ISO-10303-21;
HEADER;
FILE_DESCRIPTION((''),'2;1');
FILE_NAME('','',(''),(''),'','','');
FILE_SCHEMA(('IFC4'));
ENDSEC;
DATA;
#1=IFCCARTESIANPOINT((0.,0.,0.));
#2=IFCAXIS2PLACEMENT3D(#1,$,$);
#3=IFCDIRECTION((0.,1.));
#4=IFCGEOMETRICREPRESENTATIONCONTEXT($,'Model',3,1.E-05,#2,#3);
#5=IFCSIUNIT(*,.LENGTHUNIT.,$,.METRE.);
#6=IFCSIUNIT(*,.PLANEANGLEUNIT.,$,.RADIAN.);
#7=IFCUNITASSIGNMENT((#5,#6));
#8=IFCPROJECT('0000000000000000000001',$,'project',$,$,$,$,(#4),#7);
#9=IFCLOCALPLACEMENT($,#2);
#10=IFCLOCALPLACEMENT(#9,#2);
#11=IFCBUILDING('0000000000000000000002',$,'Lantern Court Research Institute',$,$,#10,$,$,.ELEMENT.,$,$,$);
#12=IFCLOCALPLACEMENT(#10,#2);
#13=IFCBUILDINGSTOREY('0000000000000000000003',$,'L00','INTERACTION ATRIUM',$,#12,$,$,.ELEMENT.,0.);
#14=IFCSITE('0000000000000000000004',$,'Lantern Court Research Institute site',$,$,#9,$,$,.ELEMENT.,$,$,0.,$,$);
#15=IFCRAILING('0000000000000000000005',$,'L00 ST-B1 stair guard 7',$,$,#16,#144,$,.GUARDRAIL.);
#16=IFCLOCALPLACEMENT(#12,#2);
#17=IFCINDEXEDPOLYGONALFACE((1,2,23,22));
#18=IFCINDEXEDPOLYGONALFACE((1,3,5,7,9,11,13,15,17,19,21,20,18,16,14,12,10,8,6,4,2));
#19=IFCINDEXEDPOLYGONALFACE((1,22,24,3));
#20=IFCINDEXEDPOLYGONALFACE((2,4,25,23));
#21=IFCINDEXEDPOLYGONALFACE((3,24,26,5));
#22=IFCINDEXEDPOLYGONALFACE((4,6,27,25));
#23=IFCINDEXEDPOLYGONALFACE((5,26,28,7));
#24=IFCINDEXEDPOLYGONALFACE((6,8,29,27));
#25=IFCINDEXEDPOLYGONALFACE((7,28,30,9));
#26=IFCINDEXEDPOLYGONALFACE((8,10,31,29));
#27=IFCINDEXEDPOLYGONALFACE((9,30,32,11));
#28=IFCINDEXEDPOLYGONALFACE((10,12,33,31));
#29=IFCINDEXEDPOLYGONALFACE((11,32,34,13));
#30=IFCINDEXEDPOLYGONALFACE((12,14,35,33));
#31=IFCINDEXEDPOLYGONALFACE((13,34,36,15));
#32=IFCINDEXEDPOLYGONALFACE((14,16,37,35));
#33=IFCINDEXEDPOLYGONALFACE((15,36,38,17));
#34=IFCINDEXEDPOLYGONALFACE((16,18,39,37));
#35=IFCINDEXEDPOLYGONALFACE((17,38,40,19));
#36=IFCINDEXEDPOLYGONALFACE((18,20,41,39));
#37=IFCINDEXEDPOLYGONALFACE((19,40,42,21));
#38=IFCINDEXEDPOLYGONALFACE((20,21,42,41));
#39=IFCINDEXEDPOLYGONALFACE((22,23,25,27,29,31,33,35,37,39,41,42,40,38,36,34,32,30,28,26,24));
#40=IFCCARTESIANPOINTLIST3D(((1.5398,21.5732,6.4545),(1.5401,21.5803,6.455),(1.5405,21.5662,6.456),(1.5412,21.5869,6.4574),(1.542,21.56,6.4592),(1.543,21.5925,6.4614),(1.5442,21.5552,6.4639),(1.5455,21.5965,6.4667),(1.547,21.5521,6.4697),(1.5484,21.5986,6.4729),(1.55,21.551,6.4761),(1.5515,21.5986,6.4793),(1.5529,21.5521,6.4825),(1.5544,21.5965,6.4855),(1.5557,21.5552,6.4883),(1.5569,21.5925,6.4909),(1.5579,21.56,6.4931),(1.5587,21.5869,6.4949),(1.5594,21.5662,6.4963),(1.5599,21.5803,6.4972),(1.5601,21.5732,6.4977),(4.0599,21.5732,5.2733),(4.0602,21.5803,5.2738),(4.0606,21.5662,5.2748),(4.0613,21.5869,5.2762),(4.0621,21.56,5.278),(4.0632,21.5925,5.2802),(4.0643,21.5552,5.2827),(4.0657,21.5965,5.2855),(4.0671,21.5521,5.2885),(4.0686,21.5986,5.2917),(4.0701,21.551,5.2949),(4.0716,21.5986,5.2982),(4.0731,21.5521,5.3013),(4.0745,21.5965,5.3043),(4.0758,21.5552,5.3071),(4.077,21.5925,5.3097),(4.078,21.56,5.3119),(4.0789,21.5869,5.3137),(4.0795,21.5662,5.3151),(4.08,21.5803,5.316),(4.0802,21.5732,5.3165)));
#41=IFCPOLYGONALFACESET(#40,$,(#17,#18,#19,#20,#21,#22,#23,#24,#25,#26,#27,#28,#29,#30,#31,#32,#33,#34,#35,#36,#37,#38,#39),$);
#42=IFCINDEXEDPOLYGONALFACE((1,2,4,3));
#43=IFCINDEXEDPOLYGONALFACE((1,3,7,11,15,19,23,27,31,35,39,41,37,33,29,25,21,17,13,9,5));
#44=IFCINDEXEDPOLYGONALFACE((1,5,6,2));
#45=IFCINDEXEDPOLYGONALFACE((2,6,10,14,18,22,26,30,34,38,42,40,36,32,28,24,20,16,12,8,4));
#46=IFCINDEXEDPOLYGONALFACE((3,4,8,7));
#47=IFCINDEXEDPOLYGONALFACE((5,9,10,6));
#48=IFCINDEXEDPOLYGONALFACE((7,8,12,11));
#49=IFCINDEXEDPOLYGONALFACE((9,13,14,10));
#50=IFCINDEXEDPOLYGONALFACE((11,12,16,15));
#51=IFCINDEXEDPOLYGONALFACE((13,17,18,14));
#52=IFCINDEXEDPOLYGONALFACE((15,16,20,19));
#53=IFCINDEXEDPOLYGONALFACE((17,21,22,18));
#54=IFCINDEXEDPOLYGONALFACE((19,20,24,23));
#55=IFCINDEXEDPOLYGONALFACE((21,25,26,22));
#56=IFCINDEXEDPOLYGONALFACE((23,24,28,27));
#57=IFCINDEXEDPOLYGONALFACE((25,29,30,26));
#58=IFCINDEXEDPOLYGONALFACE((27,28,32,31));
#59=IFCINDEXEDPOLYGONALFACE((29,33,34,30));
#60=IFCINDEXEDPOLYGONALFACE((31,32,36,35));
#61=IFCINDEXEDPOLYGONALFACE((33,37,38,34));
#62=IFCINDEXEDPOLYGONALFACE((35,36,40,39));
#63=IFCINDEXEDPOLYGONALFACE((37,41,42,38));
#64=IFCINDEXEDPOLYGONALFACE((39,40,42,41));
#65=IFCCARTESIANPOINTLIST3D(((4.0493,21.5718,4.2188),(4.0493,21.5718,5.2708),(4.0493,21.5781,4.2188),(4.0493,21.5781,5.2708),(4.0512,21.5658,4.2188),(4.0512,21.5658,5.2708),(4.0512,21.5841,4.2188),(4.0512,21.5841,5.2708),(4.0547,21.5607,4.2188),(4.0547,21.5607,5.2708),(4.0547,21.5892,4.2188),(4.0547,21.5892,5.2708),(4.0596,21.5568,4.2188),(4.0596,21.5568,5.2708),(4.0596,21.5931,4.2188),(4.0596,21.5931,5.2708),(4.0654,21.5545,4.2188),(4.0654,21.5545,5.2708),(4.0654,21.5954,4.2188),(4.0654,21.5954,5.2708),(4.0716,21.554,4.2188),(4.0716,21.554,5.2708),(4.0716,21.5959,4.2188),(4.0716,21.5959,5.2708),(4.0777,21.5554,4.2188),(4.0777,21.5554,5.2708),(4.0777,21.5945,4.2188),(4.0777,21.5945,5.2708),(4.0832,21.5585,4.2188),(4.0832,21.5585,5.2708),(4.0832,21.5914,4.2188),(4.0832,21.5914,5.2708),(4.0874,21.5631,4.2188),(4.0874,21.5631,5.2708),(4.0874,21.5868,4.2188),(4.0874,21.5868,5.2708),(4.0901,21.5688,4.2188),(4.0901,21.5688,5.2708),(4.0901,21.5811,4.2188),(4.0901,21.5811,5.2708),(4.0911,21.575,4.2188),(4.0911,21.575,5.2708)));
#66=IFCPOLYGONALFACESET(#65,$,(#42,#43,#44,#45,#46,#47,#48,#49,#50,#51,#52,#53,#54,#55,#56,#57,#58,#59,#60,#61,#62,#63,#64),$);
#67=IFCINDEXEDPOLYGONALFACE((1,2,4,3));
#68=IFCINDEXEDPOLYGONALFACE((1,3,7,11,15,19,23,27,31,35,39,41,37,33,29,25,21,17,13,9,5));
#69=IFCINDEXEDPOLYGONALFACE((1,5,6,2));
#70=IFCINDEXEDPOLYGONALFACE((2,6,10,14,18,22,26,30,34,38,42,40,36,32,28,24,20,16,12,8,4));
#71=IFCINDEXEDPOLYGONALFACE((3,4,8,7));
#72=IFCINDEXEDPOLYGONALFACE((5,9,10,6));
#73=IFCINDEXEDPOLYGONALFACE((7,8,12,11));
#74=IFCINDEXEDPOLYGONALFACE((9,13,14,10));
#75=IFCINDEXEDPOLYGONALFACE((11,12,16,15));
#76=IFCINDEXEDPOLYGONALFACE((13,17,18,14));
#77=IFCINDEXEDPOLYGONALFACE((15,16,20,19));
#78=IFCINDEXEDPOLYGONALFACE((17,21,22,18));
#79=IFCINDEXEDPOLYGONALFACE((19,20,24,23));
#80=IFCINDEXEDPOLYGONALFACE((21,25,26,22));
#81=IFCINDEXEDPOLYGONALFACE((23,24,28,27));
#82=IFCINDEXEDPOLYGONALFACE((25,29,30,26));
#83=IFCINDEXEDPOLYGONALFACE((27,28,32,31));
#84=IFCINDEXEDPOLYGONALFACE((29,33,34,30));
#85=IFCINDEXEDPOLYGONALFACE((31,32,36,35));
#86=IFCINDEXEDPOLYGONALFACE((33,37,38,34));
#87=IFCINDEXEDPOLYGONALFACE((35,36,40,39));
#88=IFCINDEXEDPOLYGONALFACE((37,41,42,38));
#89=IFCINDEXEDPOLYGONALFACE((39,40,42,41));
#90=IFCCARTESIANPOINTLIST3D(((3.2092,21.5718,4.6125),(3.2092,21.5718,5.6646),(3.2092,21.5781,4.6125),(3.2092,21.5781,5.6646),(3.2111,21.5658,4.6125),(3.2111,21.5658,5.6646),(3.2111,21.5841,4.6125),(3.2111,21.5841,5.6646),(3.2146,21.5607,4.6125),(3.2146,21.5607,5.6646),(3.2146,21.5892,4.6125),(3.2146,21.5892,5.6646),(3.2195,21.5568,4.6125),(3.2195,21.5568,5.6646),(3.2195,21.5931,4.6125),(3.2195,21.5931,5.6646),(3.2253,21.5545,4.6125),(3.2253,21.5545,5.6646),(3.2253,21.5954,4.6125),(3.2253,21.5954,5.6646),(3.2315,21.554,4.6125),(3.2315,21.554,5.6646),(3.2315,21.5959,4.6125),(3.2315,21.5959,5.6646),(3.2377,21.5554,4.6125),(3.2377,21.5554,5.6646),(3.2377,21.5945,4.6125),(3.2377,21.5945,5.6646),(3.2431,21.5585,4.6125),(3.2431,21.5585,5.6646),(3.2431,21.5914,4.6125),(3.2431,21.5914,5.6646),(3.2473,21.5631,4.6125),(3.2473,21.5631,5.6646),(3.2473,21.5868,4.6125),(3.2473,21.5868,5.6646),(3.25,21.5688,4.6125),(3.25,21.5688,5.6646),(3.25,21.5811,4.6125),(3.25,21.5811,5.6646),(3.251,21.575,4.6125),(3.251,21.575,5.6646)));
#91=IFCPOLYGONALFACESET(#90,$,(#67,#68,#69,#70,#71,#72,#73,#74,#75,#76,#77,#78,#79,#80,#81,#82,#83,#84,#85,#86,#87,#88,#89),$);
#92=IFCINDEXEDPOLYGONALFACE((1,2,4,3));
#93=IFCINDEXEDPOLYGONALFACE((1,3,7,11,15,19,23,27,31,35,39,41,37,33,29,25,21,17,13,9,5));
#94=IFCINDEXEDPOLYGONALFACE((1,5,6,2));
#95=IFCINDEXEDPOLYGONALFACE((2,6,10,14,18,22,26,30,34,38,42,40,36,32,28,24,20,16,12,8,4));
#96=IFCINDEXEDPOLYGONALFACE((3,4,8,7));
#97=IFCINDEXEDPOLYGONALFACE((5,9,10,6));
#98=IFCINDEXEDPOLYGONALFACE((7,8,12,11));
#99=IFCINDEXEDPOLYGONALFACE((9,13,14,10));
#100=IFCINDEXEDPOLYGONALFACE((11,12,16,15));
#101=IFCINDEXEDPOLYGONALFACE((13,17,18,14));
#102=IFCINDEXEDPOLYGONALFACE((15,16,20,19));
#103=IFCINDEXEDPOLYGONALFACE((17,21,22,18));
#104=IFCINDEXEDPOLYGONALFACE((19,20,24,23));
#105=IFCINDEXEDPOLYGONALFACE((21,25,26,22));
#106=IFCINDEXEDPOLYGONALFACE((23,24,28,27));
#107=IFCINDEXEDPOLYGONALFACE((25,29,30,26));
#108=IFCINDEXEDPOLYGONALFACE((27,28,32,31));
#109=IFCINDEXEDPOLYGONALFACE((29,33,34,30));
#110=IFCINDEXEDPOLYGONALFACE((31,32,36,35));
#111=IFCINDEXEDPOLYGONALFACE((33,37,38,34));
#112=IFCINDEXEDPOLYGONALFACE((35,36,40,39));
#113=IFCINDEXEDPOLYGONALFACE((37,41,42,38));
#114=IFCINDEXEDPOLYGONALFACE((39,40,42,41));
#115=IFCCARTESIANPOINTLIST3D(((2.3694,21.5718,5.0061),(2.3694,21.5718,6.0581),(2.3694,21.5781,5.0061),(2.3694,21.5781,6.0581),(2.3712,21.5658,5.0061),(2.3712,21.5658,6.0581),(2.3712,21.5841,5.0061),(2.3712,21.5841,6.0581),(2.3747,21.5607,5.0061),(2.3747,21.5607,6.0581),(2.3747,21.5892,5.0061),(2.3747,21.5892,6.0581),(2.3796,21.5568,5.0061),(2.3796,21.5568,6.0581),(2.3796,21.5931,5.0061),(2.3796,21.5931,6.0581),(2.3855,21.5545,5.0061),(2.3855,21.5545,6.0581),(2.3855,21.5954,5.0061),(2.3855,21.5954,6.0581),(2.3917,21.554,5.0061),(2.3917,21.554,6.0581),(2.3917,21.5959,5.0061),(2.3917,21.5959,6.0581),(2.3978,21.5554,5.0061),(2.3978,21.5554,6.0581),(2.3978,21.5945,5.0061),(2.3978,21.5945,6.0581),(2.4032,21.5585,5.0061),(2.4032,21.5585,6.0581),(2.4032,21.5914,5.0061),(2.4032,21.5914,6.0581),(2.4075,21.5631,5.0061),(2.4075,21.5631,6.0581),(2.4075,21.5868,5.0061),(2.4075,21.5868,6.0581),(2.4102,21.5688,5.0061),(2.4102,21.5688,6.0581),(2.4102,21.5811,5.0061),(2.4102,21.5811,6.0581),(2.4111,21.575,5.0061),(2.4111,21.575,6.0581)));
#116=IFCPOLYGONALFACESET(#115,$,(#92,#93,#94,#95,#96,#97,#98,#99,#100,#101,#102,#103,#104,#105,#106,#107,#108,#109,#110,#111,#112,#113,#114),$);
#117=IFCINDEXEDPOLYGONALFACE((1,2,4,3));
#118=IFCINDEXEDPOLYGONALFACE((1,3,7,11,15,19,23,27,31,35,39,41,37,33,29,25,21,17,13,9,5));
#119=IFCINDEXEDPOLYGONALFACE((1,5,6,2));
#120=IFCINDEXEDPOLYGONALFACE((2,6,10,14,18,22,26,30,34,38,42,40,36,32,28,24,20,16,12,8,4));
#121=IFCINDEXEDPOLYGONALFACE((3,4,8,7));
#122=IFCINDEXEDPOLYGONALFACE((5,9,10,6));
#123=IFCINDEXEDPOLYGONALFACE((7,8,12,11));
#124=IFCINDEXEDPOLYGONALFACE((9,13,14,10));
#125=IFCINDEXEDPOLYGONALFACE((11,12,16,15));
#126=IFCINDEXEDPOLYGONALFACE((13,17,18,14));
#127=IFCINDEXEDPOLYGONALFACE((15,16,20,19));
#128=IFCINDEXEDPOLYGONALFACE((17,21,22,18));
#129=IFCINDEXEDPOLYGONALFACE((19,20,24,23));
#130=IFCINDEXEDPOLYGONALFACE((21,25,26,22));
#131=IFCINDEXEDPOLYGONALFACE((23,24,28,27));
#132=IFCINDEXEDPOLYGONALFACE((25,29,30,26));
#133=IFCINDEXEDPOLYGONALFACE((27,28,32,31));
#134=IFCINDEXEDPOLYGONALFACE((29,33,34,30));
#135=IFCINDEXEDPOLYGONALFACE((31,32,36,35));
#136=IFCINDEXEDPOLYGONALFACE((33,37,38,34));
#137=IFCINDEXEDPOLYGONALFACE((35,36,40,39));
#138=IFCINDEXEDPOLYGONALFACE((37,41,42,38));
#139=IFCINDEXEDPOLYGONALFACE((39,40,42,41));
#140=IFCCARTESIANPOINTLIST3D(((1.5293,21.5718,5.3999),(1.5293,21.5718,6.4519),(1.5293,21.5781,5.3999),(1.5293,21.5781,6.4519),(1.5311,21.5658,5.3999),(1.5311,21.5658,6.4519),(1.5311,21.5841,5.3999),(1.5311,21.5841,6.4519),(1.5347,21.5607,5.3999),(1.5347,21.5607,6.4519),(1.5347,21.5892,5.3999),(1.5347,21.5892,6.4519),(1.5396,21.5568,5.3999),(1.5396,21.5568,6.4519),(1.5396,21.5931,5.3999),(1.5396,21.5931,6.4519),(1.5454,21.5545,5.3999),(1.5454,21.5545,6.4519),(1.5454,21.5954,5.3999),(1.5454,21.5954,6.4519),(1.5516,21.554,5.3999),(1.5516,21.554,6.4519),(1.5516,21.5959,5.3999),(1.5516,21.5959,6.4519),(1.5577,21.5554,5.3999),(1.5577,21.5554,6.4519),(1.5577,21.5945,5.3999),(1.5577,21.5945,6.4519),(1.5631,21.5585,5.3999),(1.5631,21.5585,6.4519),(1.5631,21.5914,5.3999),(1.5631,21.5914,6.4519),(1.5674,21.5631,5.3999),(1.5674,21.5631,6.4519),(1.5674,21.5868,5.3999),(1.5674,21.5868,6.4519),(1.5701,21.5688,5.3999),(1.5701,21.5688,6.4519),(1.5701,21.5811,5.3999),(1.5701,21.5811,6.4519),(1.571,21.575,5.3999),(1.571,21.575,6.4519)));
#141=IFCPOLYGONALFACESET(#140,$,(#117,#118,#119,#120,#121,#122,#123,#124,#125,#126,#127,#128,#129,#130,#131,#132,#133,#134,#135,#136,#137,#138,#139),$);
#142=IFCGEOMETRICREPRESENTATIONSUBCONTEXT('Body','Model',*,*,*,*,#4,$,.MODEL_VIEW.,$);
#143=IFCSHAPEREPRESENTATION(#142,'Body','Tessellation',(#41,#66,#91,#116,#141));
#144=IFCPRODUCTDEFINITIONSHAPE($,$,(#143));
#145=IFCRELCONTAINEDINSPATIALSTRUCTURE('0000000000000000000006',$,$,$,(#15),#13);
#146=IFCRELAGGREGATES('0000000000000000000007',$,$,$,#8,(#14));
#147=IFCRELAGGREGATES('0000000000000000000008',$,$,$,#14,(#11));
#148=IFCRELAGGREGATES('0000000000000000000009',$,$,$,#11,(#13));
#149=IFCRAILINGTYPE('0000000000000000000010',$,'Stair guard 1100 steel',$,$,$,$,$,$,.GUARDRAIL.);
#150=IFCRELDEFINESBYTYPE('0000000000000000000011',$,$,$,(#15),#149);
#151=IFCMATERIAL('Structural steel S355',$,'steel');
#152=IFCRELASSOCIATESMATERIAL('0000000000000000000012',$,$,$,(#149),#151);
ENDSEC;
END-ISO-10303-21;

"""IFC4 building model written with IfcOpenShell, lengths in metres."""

from ifc_helpers import new_model, si_unit, direction, frame, origin, origin_2d, place, context, subcontext, project, spatial, circle, extrude, material, type_object, element, save


model = new_model("IFC4")

# Units and contexts
model_context = context("Model", 3, precision=1e-05, world=origin(), true_north=direction((0.0, 1.0)))
body_context = subcontext(model_context, "Body", "Model", "MODEL_VIEW")
ifc_project = project(units=[si_unit("LENGTHUNIT", "METRE"), si_unit("PLANEANGLEUNIT", "RADIAN")], contexts=[model_context])

# Site, building, storey
site_placement = place(None, origin())
site = spatial("IfcSite", under=ifc_project, at=site_placement, Name="Lantern Court Research Institute site", CompositionType="ELEMENT", RefElevation=0.0)
building_placement = place(site_placement, origin())
building = spatial("IfcBuilding", under=site, at=building_placement, Name="Lantern Court Research Institute", CompositionType="ELEMENT")
storey_placement = place(building_placement, origin())
storey = spatial("IfcBuildingStorey", under=building, at=storey_placement, Name="L00", Description="INTERACTION ATRIUM", CompositionType="ELEMENT", Elevation=0.0)

# Railing
ifc_material_1 = material(Name="Structural steel S355", Category="steel")
railing_type = type_object("IfcRailingType", Name="Stair guard 1100 steel", PredefinedType="GUARDRAIL", material=ifc_material_1)
for number, where, name in (
    (1, (4.0701, 21.575, 4.2188), "L00 ST-B1 stair guard 7"),
):
    element("IfcRailing", number, at=place(storey_placement, frame(where)), inside=storey, type_object=railing_type, Name=name, PredefinedType="GUARDRAIL", context=body_context, shape_type="SweptSolid", body=[
        extrude(circle(Radius=0.0239, at=origin_2d()), frame((0.0, 0.0, 1.0762), z_axis=(-0.905474, 0.0, 0.424402), x_axis=(0.0, -1.0, 0.0)), (0.0, 0.0, 1.0), 2.7832),
        extrude(circle(Radius=0.021, at=origin_2d()), origin(), (0.0, 0.0, 1.0), 1.052),
        extrude(circle(Radius=0.021, at=origin_2d()), frame((-0.8401, 0.0, 0.3938)), (0.0, 0.0, 1.0), 1.052),
        extrude(circle(Radius=0.021, at=origin_2d()), frame((-1.6799, 0.0, 0.7874)), (0.0, 0.0, 1.0), 1.052),
        extrude(circle(Radius=0.021, at=origin_2d()), frame((-2.52, 0.0, 1.1812)), (0.0, 0.0, 1.0), 1.052),
    ])

save(model, "model.ifc")
